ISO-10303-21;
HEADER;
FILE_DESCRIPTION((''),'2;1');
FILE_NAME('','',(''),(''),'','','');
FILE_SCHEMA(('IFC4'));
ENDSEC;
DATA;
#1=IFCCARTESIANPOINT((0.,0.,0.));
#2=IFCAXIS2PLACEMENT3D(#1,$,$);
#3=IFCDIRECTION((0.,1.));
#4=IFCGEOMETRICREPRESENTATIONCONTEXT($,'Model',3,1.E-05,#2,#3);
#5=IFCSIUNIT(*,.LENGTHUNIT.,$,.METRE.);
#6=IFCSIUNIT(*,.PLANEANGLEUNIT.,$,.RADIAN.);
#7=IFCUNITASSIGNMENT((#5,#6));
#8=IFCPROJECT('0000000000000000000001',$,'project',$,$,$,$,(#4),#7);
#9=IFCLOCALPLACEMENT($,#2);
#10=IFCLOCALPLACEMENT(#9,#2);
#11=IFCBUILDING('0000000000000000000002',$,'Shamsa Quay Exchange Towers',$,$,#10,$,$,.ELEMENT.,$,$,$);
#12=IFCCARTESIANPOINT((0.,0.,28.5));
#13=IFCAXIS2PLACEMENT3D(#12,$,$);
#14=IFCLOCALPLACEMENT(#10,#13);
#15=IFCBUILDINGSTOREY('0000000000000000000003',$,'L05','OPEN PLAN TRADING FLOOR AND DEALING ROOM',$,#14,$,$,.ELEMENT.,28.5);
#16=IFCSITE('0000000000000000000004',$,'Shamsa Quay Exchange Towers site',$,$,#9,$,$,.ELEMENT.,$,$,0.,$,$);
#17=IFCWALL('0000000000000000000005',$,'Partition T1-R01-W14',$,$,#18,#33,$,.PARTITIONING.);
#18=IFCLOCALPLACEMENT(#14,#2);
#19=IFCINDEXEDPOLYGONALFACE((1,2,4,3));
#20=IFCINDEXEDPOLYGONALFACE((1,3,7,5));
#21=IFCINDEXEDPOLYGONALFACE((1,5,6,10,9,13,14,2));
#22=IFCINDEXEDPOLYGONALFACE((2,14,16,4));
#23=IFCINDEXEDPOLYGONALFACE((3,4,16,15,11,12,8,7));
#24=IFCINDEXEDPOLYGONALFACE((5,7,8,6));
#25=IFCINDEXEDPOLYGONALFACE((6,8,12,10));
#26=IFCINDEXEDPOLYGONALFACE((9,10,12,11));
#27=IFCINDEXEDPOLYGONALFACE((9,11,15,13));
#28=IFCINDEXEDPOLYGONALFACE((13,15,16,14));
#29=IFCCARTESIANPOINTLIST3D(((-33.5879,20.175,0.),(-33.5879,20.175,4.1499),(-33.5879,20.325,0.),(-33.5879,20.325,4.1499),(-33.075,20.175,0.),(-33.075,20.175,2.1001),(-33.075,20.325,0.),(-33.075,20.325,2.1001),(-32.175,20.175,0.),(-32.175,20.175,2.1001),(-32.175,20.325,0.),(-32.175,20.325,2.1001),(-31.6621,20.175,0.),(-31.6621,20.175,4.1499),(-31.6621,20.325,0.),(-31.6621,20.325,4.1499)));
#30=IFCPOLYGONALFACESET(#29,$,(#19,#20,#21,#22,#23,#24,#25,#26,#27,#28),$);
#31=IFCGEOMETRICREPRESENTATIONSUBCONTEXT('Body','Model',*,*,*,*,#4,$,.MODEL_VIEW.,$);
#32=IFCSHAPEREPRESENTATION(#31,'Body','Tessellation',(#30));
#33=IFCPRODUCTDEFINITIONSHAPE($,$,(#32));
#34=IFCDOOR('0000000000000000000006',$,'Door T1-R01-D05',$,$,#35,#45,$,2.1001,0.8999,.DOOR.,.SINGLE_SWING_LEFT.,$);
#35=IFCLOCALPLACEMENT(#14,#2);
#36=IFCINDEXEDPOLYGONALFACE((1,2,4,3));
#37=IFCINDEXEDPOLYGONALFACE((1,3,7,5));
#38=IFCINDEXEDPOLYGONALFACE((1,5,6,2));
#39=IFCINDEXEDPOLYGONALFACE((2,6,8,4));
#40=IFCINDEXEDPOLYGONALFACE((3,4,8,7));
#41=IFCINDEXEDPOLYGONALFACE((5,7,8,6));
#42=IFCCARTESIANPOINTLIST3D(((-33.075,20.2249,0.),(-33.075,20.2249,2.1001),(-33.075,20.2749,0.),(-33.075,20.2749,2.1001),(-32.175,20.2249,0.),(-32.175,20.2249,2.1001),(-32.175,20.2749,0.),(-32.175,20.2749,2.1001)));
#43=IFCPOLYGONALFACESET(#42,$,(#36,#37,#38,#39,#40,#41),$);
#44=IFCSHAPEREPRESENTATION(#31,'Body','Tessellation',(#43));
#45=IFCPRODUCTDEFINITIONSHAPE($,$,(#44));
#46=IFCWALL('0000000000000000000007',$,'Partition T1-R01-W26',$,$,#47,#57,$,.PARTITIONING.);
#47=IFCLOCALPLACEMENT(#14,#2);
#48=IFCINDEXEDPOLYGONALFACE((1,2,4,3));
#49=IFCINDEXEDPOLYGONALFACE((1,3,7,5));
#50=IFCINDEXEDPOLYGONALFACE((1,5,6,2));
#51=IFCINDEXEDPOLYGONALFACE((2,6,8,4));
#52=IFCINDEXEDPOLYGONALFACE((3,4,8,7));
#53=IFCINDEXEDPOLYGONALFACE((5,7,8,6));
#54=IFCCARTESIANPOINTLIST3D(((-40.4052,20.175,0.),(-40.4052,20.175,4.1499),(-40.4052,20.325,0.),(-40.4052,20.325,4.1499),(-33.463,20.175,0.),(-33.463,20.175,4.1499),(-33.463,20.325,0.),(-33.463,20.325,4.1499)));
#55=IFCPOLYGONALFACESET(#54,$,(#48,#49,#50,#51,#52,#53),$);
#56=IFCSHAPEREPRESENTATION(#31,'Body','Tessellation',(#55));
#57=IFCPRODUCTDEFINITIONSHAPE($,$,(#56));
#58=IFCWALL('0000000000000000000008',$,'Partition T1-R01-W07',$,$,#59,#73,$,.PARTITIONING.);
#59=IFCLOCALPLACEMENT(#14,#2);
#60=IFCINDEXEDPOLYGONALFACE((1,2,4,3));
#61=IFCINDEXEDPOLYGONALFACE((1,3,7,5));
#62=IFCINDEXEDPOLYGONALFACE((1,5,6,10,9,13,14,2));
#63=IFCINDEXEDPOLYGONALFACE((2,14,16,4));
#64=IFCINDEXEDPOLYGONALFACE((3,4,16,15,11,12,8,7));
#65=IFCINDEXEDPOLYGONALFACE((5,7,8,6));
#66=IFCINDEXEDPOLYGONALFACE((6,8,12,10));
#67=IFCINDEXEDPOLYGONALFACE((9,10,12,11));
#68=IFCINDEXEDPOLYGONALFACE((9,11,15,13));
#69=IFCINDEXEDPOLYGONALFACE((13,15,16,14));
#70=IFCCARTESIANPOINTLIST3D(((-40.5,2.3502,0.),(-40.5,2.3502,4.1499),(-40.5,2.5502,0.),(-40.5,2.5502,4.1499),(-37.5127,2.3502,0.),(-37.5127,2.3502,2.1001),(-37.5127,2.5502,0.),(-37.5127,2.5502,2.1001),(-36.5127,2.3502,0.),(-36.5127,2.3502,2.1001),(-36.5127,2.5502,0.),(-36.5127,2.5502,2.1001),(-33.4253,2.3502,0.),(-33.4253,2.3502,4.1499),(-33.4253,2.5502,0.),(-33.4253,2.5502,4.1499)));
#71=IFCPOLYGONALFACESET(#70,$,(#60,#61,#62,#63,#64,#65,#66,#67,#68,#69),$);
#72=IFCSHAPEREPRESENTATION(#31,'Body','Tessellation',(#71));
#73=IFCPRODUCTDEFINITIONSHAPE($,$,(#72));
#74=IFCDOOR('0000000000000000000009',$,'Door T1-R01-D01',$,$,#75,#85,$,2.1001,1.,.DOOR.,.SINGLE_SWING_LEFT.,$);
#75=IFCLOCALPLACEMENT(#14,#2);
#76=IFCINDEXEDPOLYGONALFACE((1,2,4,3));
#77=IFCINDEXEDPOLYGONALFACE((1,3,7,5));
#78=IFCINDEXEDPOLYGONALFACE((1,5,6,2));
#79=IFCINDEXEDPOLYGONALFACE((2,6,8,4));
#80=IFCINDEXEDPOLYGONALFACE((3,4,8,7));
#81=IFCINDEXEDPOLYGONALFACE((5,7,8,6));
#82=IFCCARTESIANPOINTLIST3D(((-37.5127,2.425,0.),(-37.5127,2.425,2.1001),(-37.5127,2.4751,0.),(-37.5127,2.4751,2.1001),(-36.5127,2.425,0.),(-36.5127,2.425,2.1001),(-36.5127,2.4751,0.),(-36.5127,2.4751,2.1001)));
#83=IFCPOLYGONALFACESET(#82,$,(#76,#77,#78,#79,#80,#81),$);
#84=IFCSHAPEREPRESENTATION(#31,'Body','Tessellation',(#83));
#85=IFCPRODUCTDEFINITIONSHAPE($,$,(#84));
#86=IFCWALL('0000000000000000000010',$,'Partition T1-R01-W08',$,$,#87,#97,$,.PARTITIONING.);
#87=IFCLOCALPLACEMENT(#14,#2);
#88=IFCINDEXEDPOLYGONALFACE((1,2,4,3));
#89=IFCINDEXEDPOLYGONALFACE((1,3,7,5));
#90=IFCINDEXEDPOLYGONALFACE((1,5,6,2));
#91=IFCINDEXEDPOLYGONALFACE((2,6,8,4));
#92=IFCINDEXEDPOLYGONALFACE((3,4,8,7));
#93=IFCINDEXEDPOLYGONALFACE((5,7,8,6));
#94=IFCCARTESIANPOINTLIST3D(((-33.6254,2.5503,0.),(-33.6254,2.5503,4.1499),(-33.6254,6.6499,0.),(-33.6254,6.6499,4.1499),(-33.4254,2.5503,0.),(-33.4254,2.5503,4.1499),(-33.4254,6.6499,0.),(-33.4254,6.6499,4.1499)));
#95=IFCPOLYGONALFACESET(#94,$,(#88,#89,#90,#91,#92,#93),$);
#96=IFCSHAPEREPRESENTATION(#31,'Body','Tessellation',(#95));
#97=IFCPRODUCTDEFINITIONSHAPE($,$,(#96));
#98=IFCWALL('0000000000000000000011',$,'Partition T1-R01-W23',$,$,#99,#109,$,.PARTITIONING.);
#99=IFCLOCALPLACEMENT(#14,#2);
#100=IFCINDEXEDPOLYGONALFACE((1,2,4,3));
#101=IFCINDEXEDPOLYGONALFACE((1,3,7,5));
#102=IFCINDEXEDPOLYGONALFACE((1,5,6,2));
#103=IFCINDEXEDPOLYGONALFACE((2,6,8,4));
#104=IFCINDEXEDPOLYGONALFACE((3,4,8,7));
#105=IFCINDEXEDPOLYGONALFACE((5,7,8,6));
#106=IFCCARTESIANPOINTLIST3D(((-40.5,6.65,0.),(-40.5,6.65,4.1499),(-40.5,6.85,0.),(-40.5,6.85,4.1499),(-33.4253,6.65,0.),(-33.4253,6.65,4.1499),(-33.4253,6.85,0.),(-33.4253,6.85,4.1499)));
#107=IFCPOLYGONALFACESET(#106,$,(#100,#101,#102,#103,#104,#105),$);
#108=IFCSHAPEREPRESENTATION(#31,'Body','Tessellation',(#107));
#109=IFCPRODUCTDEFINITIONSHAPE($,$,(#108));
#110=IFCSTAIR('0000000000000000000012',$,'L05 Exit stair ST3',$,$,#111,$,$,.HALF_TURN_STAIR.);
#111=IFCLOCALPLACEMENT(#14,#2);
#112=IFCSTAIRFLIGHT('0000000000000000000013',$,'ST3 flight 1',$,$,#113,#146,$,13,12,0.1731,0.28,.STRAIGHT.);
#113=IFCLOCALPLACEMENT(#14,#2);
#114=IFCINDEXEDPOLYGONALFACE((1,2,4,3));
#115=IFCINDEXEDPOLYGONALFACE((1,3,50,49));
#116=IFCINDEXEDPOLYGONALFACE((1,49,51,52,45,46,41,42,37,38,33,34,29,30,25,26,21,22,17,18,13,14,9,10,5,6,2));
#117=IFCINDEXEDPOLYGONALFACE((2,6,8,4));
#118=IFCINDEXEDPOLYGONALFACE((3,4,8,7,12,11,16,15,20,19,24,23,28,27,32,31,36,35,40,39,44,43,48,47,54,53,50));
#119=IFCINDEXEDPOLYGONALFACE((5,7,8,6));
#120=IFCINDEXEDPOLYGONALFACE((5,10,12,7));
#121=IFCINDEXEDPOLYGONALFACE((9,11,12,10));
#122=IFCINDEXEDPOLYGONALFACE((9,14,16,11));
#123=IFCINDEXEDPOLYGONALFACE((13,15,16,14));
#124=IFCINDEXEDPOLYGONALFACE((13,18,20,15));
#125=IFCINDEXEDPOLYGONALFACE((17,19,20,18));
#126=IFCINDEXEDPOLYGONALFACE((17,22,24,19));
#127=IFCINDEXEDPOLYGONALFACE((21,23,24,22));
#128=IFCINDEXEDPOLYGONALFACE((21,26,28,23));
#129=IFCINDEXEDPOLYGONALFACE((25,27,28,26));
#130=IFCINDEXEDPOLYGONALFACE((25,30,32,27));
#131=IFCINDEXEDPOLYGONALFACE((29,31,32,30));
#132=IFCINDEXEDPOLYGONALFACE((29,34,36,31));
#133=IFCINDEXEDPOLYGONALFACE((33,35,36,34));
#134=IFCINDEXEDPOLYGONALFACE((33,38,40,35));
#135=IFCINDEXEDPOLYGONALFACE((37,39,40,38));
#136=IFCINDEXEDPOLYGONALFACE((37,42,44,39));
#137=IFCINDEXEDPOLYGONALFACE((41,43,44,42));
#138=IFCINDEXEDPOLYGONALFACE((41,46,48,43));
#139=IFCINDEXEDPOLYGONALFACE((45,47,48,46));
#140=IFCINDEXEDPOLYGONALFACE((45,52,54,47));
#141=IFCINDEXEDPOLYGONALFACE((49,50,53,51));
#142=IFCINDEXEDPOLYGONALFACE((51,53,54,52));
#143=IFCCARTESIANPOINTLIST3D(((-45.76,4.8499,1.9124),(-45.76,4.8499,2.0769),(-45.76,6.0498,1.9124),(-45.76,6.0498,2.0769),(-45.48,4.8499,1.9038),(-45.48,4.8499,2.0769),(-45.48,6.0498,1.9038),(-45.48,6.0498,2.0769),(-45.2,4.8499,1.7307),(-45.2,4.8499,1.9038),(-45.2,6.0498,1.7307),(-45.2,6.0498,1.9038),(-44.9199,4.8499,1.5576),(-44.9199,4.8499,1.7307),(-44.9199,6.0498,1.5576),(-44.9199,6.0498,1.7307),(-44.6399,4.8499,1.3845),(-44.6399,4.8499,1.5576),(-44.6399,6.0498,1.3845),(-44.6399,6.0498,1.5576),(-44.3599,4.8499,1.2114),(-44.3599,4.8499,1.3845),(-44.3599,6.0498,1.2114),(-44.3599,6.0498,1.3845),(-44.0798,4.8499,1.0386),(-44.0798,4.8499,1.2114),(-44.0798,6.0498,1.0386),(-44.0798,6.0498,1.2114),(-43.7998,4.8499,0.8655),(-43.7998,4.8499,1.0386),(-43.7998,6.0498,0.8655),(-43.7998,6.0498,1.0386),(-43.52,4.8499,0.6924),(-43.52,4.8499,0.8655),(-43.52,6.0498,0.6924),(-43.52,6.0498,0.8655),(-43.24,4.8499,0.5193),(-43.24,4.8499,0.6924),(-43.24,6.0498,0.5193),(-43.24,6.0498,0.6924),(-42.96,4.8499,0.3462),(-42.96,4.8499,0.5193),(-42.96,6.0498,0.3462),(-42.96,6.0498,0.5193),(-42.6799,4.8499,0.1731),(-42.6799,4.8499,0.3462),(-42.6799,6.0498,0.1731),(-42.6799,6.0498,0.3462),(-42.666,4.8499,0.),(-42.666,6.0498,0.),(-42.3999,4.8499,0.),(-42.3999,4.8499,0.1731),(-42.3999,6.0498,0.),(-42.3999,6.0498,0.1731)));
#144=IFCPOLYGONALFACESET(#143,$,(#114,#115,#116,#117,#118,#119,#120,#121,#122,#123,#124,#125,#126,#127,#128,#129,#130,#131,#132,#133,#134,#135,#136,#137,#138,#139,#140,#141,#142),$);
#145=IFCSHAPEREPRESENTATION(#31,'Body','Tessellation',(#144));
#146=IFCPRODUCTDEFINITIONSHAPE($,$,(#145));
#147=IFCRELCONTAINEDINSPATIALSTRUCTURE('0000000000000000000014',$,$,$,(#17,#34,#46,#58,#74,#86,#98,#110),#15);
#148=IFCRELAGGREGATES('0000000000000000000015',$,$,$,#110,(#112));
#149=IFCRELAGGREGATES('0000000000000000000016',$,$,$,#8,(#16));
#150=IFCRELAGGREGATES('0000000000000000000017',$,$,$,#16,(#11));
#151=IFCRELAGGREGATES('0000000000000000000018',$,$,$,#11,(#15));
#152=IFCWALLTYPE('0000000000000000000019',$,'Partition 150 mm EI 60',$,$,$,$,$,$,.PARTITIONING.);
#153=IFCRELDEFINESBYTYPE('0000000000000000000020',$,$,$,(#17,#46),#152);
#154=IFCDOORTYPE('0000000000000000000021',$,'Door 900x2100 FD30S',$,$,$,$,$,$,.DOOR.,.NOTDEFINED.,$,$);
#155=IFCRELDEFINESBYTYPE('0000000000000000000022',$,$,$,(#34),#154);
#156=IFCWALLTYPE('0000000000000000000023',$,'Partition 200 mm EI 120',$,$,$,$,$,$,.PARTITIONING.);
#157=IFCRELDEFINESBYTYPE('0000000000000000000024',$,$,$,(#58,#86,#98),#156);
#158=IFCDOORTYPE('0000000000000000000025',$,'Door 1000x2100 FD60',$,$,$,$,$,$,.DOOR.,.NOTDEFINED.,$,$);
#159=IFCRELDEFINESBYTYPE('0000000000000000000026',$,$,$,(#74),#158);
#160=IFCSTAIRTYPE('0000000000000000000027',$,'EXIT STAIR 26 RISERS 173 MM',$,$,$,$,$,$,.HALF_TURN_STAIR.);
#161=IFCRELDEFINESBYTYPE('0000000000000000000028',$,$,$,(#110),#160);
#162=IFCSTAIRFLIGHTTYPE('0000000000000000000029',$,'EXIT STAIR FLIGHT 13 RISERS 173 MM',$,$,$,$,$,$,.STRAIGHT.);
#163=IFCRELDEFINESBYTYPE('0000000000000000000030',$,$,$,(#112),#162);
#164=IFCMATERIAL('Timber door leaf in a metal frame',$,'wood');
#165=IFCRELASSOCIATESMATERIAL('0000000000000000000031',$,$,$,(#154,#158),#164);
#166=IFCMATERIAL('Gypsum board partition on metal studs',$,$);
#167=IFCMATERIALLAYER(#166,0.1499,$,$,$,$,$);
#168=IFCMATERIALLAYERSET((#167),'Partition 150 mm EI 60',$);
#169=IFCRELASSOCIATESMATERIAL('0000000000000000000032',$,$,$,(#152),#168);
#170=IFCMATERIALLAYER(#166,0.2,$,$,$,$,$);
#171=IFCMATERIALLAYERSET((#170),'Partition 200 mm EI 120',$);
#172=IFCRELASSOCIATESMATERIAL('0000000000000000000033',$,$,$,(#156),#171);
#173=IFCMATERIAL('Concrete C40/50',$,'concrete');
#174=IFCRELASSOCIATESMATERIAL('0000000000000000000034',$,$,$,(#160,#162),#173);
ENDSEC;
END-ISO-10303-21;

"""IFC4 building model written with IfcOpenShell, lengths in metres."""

from ifc_helpers import new_model, si_unit, direction, frame, frame_2d, origin, place, context, subcontext, project, spatial, polyline, rectangle, outline, extrude, material, layer, layer_set, type_object, element, fill, aggregate, save


model = new_model("IFC4")

# Units and contexts
model_context = context("Model", 3, precision=1e-05, world=origin(), true_north=direction((0.0, 1.0)))
body_context = subcontext(model_context, "Body", "Model", "MODEL_VIEW")
ifc_project = project(units=[si_unit("LENGTHUNIT", "METRE"), si_unit("PLANEANGLEUNIT", "RADIAN")], contexts=[model_context])

# Site, building, storey
site_placement = place(None, origin())
site = spatial("IfcSite", under=ifc_project, at=site_placement, Name="Shamsa Quay Exchange Towers site", CompositionType="ELEMENT", RefElevation=0.0)
building_placement = place(site_placement, origin())
building = spatial("IfcBuilding", under=site, at=building_placement, Name="Shamsa Quay Exchange Towers", CompositionType="ELEMENT")
storey_placement = place(building_placement, frame((0.0, 0.0, 28.5)))
storey = spatial("IfcBuildingStorey", under=building, at=storey_placement, Name="L05", Description="OPEN PLAN TRADING FLOOR AND DEALING ROOM", CompositionType="ELEMENT", Elevation=28.5)

# Shared definitions
ifc_material_1 = material(Name="Timber door leaf in a metal frame", Category="wood")

# Shared definitions
door_type_1 = type_object("IfcDoorType", Name="Door 900x2100 FD30S", OperationType="NOTDEFINED", PredefinedType="DOOR", material=ifc_material_1)

# Shared definitions
ifc_material_2 = material(Name="Gypsum board partition on metal studs")

# Wall, opening, door
ifc_layer_1 = layer(ifc_material_2, 0.1499)
ifc_layer_set_1 = layer_set([ifc_layer_1], Name="Partition 150 mm EI 60")
wall_type_1 = type_object("IfcWallType", Name="Partition 150 mm EI 60", PredefinedType="PARTITIONING", material=ifc_layer_set_1)
wall_1_placement = place(storey_placement, frame((-33.5879, 20.25, 0.0)))
wall_1 = element("IfcWall", 1, at=wall_1_placement, inside=storey, type_object=wall_type_1, Name="Partition T1-R01-W14", PredefinedType="PARTITIONING", context=body_context, shape_type="SweptSolid", body=[
    extrude(rectangle(XDim=1.9258, YDim=0.1499, at=frame_2d((0.9629, 0.0))), origin(), (0.0, 0.0, 1.0), 4.1499),
])
opening_1_placement = place(wall_1_placement, frame((0.5129, 0.0, 0.0)))
opening_1 = element("IfcOpeningElement", 2, at=opening_1_placement, cuts=wall_1, PredefinedType="OPENING", context=body_context, shape_type="SweptSolid", body=[
    extrude(rectangle(XDim=0.8999, YDim=2.1001, at=frame_2d((0.45, 1.05))), frame((0.0, 0.085, 0.0), z_axis=(0.0, -1.0, 0.0), x_axis=(1.0, 0.0, 0.0)), (0.0, 0.0, 1.0), 0.1699),
])
door_1_placement = place(opening_1_placement, origin())
door_1 = element("IfcDoor", 3, at=door_1_placement, inside=storey, type_object=door_type_1, Name="Door T1-R01-D05", OperationType="SINGLE_SWING_LEFT", OverallHeight=2.1001, OverallWidth=0.8999, PredefinedType="DOOR", context=body_context, shape_type="SweptSolid", body=[
    extrude(rectangle(XDim=0.8999, YDim=2.1001, at=frame_2d((0.45, 1.05))), frame((0.0, 0.0249, 0.0), z_axis=(0.0, -1.0, 0.0), x_axis=(1.0, 0.0, 0.0)), (0.0, 0.0, 1.0), 0.05),
])
fill(opening_1, door_1)

# Wall
wall_2_placement = place(storey_placement, frame((-33.4629, 20.25, 0.0), z_axis=(0.0, 0.0, 1.0), x_axis=(-1.0, 0.0, 0.0)))
element("IfcWall", 4, at=wall_2_placement, inside=storey, type_object=wall_type_1, Name="Partition T1-R01-W26", PredefinedType="PARTITIONING", context=body_context, shape_type="SweptSolid", body=[
    extrude(rectangle(XDim=6.9421, YDim=0.1499, at=frame_2d((3.4712, 0.0))), origin(), (0.0, 0.0, 1.0), 4.1499),
])

# Wall, opening, door
ifc_layer_2 = layer(ifc_material_2, 0.2)
ifc_layer_set_2 = layer_set([ifc_layer_2], Name="Partition 200 mm EI 120")
wall_type_2 = type_object("IfcWallType", Name="Partition 200 mm EI 120", PredefinedType="PARTITIONING", material=ifc_layer_set_2)
wall_3_placement = place(storey_placement, frame((-40.5, 2.4502, 0.0)))
wall_3 = element("IfcWall", 5, at=wall_3_placement, inside=storey, type_object=wall_type_2, Name="Partition T1-R01-W07", PredefinedType="PARTITIONING", context=body_context, shape_type="SweptSolid", body=[
    extrude(rectangle(XDim=7.0747, YDim=0.2, at=frame_2d((3.5374, 0.0))), origin(), (0.0, 0.0, 1.0), 4.1499),
])
opening_2_placement = place(wall_3_placement, frame((2.9873, 0.0, 0.0)))
opening_2 = element("IfcOpeningElement", 6, at=opening_2_placement, cuts=wall_3, PredefinedType="OPENING", context=body_context, shape_type="SweptSolid", body=[
    extrude(rectangle(XDim=1.0, YDim=2.1001, at=frame_2d((0.5, 1.05))), frame((0.0, 0.1099, 0.0), z_axis=(0.0, -1.0, 0.0), x_axis=(1.0, 0.0, 0.0)), (0.0, 0.0, 1.0), 0.22),
])
door_type_2 = type_object("IfcDoorType", Name="Door 1000x2100 FD60", OperationType="NOTDEFINED", PredefinedType="DOOR", material=ifc_material_1)
door_2_placement = place(opening_2_placement, origin())
door_2 = element("IfcDoor", 7, at=door_2_placement, inside=storey, type_object=door_type_2, Name="Door T1-R01-D01", OperationType="SINGLE_SWING_LEFT", OverallHeight=2.1001, OverallWidth=1.0, PredefinedType="DOOR", context=body_context, shape_type="SweptSolid", body=[
    extrude(rectangle(XDim=1.0, YDim=2.1001, at=frame_2d((0.5, 1.05))), frame((0.0, 0.0249, 0.0), z_axis=(0.0, -1.0, 0.0), x_axis=(1.0, 0.0, 0.0)), (0.0, 0.0, 1.0), 0.05),
])
fill(opening_2, door_2)

# Walls
wall_4_placement = place(storey_placement, frame((-33.5254, 2.5503, 0.0), z_axis=(0.0, 0.0, 1.0), x_axis=(0.0, 1.0, 0.0)))
element("IfcWall", 8, at=wall_4_placement, inside=storey, type_object=wall_type_2, Name="Partition T1-R01-W08", PredefinedType="PARTITIONING", context=body_context, shape_type="SweptSolid", body=[
    extrude(rectangle(XDim=4.0996, YDim=0.2, at=frame_2d((2.0498, 0.0))), origin(), (0.0, 0.0, 1.0), 4.1499),
])
wall_5_placement = place(storey_placement, frame((-33.4253, 6.75, 0.0), z_axis=(0.0, 0.0, 1.0), x_axis=(-1.0, 0.0, 0.0)))
element("IfcWall", 9, at=wall_5_placement, inside=storey, type_object=wall_type_2, Name="Partition T1-R01-W23", PredefinedType="PARTITIONING", context=body_context, shape_type="SweptSolid", body=[
    extrude(rectangle(XDim=7.0747, YDim=0.2, at=frame_2d((3.5374, 0.0))), origin(), (0.0, 0.0, 1.0), 4.1499),
])

# Stair, stair flight
ifc_material_3 = material(Name="Concrete C40/50", Category="concrete")
stair_type = type_object("IfcStairType", Name="EXIT STAIR 26 RISERS 173 MM", PredefinedType="HALF_TURN_STAIR", material=ifc_material_3)
stair_placement = place(storey_placement, origin())
stair = element("IfcStair", 10, at=stair_placement, inside=storey, type_object=stair_type, Name="L05 Exit stair ST3", PredefinedType="HALF_TURN_STAIR")
stair_flight_type = type_object("IfcStairFlightType", Name="EXIT STAIR FLIGHT 13 RISERS 173 MM", PredefinedType="STRAIGHT", material=ifc_material_3)
stair_flight_placement = place(storey_placement, frame((-42.3999, 5.45, 0.0), z_axis=(0.0, 0.0, 1.0), x_axis=(-1.0, 0.0, 0.0)))
stair_flight = element("IfcStairFlight", 11, at=stair_flight_placement, type_object=stair_flight_type, Name="ST3 flight 1", NumberOfRisers=13, NumberOfTreads=12, PredefinedType="STRAIGHT", RiserHeight=0.1731, TreadLength=0.28, context=body_context, shape_type="SweptSolid", body=[
    extrude(outline(polyline([(0.0, 0.0), (0.0, 0.1731), (0.28, 0.1731), (0.28, 0.3462), (0.5601, 0.3462), (0.5601, 0.5193), (0.8401, 0.5193), (0.8401, 0.6924), (1.1201, 0.6924), (1.1201, 0.8655), (1.3999, 0.8655), (1.3999, 1.0386), (1.6799, 1.0386), (1.6799, 1.2114), (1.96, 1.2114), (1.96, 1.3845), (2.24, 1.3845), (2.24, 1.5576), (2.52, 1.5576), (2.52, 1.7307), (2.8, 1.7307), (2.8, 1.9038), (3.0801, 1.9038), (3.0801, 2.0769), (3.3601, 2.0769), (3.3601, 2.25), (3.3601, 1.9124), (0.2661, 0.0), (0.0, 0.0)])), frame((0.0, 0.6001, 0.0), z_axis=(0.0, -1.0, 0.0), x_axis=(1.0, 0.0, 0.0)), (0.0, 0.0, 1.0), 1.2),
])
aggregate(stair, [stair_flight])

save(model, "model.ifc")
